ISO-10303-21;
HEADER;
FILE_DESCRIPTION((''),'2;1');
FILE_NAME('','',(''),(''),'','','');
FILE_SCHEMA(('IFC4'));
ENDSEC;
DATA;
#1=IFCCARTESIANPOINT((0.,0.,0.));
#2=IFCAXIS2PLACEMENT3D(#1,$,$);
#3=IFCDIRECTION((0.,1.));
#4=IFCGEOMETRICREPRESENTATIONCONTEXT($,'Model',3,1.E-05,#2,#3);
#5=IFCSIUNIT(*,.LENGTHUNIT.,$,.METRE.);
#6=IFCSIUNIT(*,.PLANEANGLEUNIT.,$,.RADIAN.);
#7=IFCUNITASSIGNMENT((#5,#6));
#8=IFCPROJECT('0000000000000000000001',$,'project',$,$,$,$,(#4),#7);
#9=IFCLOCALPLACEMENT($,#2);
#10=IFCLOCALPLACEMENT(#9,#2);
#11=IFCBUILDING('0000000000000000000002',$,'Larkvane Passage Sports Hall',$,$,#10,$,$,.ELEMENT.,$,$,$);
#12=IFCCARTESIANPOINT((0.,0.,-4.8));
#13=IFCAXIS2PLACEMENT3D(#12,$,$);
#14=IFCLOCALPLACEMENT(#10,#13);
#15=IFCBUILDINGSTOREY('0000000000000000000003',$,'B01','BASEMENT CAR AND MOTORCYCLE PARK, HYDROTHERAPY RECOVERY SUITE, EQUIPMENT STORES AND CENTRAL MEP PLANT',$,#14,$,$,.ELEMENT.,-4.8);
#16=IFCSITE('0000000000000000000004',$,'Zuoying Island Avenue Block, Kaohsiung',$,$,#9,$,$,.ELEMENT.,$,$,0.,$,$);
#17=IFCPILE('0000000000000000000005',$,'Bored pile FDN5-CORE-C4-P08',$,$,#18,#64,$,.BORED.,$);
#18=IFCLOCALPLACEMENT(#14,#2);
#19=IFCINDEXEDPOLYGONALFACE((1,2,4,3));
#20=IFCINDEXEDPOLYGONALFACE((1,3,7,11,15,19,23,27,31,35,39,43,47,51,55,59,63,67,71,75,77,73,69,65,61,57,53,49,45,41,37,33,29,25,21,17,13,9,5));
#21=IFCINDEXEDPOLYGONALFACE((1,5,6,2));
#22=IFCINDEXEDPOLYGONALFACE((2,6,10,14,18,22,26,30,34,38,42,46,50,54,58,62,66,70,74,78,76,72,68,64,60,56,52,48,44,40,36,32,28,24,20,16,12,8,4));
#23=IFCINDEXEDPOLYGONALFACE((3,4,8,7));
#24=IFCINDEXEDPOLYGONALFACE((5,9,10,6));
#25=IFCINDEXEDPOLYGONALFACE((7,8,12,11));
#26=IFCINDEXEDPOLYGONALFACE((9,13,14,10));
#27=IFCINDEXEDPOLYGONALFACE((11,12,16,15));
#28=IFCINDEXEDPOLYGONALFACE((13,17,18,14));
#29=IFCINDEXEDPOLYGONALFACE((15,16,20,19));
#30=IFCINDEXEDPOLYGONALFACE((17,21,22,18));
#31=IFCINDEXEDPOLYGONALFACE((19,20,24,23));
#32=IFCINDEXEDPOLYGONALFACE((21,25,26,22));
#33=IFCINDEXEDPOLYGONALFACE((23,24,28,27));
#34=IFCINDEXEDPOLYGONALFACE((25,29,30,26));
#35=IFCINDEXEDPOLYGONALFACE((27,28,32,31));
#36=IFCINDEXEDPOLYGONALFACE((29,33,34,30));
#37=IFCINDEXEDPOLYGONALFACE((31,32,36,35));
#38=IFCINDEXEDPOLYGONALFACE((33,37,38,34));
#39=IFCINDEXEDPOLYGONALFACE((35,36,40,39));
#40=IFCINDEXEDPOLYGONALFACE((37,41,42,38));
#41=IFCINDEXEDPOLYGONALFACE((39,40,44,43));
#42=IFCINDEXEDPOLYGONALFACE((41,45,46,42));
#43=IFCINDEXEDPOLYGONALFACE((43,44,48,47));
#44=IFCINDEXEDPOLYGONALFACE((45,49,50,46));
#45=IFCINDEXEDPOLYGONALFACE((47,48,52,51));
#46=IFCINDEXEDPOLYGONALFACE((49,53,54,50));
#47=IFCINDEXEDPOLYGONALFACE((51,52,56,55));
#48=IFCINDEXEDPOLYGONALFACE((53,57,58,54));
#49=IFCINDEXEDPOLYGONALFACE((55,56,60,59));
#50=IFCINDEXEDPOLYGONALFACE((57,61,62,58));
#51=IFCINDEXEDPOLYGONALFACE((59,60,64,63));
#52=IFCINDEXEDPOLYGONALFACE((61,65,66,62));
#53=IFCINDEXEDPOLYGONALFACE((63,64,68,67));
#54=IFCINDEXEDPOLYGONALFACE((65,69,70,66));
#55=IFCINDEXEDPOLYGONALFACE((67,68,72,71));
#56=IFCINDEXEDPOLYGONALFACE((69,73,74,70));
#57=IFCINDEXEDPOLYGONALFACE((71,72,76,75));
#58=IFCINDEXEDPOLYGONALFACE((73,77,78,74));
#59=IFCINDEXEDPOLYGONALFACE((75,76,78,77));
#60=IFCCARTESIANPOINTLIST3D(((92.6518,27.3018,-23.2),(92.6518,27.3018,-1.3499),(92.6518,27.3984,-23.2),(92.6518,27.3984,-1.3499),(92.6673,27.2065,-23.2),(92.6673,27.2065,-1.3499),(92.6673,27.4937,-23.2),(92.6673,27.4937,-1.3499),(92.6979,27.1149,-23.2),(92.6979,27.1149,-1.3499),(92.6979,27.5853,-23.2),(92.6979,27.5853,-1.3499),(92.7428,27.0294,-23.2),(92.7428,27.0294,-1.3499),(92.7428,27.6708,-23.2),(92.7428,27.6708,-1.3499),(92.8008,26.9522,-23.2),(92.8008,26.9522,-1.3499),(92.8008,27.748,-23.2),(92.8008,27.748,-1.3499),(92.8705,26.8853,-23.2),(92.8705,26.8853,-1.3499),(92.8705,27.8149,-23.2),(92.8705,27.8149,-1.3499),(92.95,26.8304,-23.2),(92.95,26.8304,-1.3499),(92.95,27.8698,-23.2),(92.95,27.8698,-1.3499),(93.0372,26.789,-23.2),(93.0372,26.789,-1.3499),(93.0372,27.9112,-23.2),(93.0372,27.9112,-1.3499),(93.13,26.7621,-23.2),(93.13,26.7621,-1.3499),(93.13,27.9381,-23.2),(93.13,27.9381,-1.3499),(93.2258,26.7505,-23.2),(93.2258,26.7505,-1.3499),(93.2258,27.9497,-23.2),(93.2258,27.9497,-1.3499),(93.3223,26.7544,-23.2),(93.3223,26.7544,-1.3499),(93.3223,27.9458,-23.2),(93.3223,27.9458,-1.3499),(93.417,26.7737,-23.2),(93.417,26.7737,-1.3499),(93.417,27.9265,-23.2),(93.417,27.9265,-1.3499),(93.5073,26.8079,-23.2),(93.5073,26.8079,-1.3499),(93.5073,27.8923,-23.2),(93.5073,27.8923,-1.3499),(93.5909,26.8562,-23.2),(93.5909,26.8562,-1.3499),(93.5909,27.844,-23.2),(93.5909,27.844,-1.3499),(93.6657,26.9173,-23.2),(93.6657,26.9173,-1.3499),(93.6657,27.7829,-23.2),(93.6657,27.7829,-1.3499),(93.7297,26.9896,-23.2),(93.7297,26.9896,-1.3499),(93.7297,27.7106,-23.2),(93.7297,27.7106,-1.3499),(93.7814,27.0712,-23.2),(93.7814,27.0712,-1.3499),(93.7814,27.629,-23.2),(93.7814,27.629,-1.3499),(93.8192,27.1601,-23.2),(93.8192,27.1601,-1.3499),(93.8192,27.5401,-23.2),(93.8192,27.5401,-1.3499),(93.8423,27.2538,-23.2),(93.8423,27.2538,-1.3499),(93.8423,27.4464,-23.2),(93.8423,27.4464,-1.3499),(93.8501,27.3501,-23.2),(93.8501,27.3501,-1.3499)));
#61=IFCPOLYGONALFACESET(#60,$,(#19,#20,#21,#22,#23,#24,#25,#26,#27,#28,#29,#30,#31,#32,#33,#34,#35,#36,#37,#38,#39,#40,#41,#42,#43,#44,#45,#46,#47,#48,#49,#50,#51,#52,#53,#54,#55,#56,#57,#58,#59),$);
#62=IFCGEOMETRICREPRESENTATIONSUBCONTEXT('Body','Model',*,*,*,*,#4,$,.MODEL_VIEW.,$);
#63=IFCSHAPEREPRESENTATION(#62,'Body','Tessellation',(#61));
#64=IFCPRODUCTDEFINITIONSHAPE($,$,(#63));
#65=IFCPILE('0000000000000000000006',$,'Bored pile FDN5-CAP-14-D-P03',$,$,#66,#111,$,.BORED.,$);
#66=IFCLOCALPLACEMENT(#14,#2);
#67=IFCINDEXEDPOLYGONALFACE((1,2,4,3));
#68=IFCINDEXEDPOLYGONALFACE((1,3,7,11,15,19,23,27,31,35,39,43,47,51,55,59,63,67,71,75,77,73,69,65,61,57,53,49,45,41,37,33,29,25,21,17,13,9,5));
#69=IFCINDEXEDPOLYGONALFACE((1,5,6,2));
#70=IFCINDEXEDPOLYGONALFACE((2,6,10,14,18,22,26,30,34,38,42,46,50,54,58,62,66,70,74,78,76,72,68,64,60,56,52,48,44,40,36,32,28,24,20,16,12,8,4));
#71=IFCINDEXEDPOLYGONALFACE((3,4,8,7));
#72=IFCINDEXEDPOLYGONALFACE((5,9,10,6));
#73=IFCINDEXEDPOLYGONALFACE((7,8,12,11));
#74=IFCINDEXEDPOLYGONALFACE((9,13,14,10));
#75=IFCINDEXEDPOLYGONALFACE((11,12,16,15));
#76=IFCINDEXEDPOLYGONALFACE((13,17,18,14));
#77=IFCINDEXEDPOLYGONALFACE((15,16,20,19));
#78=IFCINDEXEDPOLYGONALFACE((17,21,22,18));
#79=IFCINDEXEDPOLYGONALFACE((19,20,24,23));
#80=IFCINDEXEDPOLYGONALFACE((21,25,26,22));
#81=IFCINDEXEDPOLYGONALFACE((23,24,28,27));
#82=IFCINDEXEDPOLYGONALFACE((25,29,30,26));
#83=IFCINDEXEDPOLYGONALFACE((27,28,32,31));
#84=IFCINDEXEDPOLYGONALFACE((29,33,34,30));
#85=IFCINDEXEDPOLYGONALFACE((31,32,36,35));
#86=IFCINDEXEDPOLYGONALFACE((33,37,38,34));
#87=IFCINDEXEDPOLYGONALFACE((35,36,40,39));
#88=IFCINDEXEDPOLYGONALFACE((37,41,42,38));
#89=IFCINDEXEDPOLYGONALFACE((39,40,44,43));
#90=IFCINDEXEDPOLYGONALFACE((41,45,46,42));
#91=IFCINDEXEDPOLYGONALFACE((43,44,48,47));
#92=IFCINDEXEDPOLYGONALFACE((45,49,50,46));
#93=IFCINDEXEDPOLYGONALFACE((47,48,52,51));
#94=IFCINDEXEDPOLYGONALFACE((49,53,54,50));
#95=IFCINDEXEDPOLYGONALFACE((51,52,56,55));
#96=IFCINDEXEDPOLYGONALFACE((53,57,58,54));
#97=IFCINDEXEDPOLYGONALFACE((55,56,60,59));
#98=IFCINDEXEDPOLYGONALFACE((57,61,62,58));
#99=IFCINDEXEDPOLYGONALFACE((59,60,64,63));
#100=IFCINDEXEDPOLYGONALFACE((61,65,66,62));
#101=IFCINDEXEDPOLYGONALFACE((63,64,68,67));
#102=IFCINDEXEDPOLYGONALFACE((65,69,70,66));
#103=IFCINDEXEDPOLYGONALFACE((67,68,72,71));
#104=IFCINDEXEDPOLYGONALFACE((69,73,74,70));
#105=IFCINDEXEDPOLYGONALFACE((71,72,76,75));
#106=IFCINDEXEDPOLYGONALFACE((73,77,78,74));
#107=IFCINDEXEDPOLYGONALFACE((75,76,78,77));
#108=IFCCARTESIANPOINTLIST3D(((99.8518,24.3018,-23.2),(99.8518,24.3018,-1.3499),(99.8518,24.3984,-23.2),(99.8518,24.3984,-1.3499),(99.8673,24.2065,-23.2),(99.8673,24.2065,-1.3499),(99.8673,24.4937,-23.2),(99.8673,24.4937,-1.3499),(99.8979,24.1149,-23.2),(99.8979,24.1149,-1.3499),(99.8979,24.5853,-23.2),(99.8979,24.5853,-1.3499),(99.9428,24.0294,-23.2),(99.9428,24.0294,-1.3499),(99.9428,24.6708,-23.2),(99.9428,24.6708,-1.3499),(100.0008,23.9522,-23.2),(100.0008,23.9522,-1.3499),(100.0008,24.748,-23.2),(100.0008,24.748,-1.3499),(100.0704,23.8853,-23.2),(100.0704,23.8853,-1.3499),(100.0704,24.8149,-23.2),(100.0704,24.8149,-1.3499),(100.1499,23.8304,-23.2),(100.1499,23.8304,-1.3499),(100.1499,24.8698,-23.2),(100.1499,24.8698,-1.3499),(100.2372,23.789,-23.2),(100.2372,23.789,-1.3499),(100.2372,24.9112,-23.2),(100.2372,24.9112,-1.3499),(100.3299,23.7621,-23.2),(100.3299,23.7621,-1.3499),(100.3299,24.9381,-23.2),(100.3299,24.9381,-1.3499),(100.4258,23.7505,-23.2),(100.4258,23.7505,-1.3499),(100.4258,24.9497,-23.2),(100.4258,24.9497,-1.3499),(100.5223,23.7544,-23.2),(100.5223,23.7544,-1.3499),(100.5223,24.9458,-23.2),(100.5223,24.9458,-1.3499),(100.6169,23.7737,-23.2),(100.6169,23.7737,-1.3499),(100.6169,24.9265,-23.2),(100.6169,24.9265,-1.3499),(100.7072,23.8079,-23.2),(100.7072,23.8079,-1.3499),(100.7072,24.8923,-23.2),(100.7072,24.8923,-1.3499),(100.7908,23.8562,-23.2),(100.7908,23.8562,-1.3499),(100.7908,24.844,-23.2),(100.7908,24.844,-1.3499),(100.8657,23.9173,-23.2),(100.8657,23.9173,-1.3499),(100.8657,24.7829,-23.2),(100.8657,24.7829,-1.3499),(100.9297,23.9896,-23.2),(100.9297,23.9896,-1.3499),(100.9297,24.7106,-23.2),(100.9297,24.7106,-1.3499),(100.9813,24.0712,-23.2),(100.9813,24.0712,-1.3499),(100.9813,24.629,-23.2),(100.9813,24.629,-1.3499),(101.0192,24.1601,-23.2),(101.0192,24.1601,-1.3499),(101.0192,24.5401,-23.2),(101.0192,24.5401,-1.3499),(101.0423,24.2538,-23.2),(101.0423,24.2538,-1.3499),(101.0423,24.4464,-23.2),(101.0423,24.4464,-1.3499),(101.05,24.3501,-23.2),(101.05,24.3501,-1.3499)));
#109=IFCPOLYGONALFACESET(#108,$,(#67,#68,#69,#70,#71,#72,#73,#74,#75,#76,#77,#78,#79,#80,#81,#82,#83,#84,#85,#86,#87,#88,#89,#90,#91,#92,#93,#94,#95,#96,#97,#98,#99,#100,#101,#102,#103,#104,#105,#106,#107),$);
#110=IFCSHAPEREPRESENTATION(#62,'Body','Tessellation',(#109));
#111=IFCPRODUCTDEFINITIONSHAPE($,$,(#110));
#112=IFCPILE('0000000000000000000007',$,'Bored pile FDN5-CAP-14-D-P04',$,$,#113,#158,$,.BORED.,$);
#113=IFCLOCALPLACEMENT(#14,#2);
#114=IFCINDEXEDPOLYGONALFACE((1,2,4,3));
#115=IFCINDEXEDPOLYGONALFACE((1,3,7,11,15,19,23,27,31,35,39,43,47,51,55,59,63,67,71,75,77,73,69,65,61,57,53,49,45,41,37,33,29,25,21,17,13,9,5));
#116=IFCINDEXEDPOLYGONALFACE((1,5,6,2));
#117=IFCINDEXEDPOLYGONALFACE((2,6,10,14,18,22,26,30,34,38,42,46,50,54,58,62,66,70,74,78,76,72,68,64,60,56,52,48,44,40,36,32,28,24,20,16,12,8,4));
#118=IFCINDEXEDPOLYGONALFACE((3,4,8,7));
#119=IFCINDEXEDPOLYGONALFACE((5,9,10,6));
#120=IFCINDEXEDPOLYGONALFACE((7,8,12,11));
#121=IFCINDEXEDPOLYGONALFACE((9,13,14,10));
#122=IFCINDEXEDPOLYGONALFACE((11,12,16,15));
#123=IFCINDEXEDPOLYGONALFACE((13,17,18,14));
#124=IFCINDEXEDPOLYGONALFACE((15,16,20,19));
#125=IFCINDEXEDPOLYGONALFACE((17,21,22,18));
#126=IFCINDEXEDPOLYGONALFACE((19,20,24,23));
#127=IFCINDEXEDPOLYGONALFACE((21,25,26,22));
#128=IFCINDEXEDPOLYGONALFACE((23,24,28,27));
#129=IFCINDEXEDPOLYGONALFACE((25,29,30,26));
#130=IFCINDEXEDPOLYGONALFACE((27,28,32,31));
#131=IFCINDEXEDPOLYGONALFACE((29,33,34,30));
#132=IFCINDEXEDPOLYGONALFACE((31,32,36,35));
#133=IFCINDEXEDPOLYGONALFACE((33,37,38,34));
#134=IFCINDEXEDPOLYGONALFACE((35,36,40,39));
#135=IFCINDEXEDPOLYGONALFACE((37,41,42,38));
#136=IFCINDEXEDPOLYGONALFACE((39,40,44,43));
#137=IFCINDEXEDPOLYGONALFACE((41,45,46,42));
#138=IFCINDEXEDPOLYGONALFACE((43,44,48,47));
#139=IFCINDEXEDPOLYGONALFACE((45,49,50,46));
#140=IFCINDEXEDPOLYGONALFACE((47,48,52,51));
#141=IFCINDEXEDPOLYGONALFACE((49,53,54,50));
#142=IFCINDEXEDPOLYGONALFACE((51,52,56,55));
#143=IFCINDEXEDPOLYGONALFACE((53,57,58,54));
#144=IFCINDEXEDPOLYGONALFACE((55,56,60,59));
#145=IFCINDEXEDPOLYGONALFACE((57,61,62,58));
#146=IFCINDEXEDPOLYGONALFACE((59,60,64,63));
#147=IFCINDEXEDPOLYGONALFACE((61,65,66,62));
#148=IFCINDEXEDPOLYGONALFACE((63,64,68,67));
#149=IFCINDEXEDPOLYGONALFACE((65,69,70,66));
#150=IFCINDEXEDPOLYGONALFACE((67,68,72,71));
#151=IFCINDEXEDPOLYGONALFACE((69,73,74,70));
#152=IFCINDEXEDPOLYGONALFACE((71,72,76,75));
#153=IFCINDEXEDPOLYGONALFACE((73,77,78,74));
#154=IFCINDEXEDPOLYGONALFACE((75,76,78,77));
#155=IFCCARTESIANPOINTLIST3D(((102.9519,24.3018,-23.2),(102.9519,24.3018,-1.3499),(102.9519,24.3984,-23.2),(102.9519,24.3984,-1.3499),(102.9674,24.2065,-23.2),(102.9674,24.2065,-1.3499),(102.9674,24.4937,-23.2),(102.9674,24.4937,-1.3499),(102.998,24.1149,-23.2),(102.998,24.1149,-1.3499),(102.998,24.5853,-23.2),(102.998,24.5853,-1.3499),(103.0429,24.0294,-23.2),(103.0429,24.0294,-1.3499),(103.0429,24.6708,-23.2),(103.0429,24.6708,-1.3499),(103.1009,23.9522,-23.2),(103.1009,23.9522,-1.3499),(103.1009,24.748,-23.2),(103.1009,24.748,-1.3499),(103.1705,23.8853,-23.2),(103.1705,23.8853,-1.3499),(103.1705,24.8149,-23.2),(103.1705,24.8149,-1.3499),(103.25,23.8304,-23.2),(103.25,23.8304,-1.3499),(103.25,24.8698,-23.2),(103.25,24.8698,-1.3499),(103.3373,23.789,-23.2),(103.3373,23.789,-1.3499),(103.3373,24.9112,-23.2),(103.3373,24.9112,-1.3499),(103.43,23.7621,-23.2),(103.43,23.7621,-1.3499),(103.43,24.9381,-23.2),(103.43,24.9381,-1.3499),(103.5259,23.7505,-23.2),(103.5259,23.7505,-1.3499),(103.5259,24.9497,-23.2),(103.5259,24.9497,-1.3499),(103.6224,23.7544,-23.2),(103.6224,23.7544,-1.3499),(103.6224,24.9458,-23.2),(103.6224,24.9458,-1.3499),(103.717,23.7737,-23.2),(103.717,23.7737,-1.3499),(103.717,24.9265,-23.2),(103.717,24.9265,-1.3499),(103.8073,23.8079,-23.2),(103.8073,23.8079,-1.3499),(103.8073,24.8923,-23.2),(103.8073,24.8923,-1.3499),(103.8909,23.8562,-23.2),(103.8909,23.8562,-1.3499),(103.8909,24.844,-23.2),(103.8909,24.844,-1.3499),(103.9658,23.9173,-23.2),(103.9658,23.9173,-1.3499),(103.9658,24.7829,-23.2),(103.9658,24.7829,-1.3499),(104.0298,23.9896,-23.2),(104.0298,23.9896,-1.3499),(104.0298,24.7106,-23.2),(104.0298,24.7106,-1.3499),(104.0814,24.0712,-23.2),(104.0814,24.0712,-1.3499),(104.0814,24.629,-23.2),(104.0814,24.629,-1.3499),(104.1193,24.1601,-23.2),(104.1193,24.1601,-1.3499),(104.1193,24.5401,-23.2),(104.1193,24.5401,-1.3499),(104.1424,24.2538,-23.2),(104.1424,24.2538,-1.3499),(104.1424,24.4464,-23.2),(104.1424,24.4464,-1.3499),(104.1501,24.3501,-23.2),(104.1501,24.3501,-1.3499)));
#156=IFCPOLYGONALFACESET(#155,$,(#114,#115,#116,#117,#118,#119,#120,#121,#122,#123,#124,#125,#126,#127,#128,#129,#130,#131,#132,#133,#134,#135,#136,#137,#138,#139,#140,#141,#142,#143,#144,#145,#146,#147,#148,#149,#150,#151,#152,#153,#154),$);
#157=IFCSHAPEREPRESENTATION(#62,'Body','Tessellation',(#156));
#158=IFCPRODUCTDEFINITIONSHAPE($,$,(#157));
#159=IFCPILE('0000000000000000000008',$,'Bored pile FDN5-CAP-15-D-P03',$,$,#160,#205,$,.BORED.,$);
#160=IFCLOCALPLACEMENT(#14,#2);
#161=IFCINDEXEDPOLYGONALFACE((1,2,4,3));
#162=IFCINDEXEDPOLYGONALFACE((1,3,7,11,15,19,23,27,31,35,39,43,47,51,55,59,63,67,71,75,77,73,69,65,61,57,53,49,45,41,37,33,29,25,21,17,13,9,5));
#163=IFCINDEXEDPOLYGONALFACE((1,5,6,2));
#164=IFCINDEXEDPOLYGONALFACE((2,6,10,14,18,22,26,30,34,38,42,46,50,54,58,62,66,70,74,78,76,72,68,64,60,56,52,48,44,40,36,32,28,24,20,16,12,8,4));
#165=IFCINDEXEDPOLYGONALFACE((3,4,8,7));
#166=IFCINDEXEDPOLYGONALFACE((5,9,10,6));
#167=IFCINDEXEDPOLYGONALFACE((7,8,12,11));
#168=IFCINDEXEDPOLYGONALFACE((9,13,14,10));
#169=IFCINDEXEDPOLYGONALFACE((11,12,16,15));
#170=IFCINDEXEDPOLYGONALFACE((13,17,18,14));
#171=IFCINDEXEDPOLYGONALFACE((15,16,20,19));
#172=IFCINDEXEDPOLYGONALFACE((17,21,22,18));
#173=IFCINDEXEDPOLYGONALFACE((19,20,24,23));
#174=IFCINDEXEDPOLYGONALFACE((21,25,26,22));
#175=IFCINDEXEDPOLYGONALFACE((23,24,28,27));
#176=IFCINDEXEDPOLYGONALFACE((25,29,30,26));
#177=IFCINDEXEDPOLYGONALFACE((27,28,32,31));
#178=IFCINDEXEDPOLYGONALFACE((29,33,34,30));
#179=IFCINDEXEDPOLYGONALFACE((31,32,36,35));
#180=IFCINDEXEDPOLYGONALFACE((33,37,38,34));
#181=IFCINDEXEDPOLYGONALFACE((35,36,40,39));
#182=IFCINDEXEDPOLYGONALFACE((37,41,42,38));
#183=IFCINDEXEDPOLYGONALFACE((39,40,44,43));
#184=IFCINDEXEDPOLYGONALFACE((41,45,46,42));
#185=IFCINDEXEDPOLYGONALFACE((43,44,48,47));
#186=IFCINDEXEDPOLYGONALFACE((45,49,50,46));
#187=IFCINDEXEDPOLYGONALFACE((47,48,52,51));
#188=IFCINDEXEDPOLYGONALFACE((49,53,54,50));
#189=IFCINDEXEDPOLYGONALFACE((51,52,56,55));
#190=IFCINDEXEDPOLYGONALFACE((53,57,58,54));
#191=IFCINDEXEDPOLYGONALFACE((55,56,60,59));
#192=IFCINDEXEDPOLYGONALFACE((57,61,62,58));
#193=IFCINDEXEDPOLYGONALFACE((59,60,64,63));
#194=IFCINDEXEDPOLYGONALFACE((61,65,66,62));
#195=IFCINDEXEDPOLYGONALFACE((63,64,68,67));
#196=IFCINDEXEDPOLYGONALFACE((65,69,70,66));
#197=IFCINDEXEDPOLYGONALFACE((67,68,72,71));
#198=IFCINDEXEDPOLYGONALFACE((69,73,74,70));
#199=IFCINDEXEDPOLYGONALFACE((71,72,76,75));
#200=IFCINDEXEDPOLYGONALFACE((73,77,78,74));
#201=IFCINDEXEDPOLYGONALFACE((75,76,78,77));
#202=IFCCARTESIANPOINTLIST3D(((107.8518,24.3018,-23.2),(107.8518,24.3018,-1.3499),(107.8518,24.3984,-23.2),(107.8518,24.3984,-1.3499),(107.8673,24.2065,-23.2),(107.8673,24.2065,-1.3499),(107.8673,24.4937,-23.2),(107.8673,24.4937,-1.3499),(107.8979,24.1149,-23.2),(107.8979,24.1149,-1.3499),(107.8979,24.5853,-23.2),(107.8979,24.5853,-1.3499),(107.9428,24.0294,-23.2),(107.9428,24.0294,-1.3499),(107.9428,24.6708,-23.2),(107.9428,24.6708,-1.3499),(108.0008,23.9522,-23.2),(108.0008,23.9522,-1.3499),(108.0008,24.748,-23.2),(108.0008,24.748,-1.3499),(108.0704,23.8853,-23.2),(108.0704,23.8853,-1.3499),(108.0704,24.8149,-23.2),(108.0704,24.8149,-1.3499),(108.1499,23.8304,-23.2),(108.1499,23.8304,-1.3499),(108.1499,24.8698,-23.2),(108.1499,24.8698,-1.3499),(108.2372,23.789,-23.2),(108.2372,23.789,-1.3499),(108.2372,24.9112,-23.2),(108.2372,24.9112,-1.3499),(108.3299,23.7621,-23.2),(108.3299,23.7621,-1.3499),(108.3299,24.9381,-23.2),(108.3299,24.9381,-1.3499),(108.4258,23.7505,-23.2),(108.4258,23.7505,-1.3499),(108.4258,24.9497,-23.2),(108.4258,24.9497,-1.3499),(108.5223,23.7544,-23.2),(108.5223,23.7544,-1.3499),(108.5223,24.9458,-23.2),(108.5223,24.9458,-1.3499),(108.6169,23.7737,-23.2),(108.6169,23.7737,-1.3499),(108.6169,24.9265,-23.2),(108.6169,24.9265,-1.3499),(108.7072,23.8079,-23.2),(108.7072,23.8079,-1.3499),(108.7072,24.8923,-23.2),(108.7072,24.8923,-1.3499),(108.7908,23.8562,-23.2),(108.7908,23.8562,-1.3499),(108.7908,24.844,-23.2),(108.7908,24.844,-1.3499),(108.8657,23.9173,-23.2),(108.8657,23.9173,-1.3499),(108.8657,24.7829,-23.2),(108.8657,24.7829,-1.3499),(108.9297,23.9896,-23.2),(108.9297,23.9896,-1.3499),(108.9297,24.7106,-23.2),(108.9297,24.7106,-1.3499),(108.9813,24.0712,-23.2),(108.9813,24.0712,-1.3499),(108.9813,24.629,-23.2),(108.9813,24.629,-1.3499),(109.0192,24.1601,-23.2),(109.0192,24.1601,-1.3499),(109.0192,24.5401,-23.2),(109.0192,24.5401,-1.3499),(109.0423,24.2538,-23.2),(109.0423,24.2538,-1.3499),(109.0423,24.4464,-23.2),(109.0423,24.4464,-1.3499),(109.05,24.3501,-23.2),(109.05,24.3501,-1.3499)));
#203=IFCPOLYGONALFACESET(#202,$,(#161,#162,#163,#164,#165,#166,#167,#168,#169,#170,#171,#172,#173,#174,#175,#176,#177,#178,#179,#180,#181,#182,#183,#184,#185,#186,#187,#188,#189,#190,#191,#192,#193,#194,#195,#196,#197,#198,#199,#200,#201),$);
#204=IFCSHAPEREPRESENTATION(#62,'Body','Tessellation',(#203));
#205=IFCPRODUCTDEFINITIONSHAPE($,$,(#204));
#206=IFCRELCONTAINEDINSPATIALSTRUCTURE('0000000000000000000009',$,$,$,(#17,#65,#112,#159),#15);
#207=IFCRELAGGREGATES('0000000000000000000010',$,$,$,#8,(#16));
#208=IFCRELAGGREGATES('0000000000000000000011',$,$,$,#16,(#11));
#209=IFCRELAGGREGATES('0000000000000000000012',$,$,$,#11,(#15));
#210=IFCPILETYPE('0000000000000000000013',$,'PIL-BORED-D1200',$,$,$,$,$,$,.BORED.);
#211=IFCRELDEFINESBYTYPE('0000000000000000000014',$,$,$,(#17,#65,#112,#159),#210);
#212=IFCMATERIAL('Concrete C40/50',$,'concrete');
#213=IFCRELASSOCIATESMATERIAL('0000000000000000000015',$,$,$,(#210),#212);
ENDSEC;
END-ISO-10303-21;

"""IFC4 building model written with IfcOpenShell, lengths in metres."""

from ifc_helpers import new_model, si_unit, direction, frame, origin, origin_2d, place, context, subcontext, project, spatial, circle, extrude, material, material_profile, profile_set, type_object, element, save


model = new_model("IFC4")

# Units and contexts
model_context = context("Model", 3, precision=1e-05, world=origin(), true_north=direction((0.0, 1.0)))
body_context = subcontext(model_context, "Body", "Model", "MODEL_VIEW")
ifc_project = project(units=[si_unit("LENGTHUNIT", "METRE"), si_unit("PLANEANGLEUNIT", "RADIAN")], contexts=[model_context])

# Site, building, storey
site_placement = place(None, origin())
site = spatial("IfcSite", under=ifc_project, at=site_placement, Name="Zuoying Island Avenue Block, Kaohsiung", CompositionType="ELEMENT", RefElevation=0.0)
building_placement = place(site_placement, origin())
building = spatial("IfcBuilding", under=site, at=building_placement, Name="Larkvane Passage Sports Hall", CompositionType="ELEMENT")
storey_placement = place(building_placement, frame((0.0, 0.0, -4.8)))
storey = spatial("IfcBuildingStorey", under=building, at=storey_placement, Name="B01", Description="BASEMENT CAR AND MOTORCYCLE PARK, HYDROTHERAPY RECOVERY SUITE, EQUIPMENT STORES AND CENTRAL MEP PLANT", CompositionType="ELEMENT", Elevation=-4.8)

# Shared definitions
ifc_material_1 = material(Name="Concrete C40/50", Category="concrete")

# Piles
ifc_material_profile = material_profile(ifc_material_1, circle(Radius=0.6001, at=origin_2d()), Name="PILE-D1200")
ifc_profile_set = profile_set([ifc_material_profile], Name="Concrete C40/50")
pile_type = type_object("IfcPileType", Name="PIL-BORED-D1200", PredefinedType="BORED", material=ifc_profile_set)
for number, where, z_axis, x_axis, name in (
    (1, (93.25, 27.3501, -1.3499), (0.0, 0.0, -1.0), (1.0, 0.0, 0.0), "Bored pile FDN5-CORE-C4-P08"),
    (2, (100.45, 24.3501, -1.3499), (0.0, 0.0, -1.0), (1.0, 0.0, 0.0), "Bored pile FDN5-CAP-14-D-P03"),
    (3, (103.55, 24.3501, -1.3499), (0.0, 0.0, -1.0), (1.0, 0.0, 0.0), "Bored pile FDN5-CAP-14-D-P04"),
    (4, (108.45, 24.3501, -1.3499), (0.0, 0.0, -1.0), (1.0, 0.0, 0.0), "Bored pile FDN5-CAP-15-D-P03"),
):
    element("IfcPile", number, at=place(storey_placement, frame(where, z_axis=z_axis, x_axis=x_axis)), inside=storey, type_object=pile_type, Name=name, PredefinedType="BORED", context=body_context, shape_type="SweptSolid", body=[
        extrude(circle(Radius=0.6001, at=origin_2d()), origin(), (0.0, 0.0, 1.0), 21.8501),
    ])

save(model, "model.ifc")
